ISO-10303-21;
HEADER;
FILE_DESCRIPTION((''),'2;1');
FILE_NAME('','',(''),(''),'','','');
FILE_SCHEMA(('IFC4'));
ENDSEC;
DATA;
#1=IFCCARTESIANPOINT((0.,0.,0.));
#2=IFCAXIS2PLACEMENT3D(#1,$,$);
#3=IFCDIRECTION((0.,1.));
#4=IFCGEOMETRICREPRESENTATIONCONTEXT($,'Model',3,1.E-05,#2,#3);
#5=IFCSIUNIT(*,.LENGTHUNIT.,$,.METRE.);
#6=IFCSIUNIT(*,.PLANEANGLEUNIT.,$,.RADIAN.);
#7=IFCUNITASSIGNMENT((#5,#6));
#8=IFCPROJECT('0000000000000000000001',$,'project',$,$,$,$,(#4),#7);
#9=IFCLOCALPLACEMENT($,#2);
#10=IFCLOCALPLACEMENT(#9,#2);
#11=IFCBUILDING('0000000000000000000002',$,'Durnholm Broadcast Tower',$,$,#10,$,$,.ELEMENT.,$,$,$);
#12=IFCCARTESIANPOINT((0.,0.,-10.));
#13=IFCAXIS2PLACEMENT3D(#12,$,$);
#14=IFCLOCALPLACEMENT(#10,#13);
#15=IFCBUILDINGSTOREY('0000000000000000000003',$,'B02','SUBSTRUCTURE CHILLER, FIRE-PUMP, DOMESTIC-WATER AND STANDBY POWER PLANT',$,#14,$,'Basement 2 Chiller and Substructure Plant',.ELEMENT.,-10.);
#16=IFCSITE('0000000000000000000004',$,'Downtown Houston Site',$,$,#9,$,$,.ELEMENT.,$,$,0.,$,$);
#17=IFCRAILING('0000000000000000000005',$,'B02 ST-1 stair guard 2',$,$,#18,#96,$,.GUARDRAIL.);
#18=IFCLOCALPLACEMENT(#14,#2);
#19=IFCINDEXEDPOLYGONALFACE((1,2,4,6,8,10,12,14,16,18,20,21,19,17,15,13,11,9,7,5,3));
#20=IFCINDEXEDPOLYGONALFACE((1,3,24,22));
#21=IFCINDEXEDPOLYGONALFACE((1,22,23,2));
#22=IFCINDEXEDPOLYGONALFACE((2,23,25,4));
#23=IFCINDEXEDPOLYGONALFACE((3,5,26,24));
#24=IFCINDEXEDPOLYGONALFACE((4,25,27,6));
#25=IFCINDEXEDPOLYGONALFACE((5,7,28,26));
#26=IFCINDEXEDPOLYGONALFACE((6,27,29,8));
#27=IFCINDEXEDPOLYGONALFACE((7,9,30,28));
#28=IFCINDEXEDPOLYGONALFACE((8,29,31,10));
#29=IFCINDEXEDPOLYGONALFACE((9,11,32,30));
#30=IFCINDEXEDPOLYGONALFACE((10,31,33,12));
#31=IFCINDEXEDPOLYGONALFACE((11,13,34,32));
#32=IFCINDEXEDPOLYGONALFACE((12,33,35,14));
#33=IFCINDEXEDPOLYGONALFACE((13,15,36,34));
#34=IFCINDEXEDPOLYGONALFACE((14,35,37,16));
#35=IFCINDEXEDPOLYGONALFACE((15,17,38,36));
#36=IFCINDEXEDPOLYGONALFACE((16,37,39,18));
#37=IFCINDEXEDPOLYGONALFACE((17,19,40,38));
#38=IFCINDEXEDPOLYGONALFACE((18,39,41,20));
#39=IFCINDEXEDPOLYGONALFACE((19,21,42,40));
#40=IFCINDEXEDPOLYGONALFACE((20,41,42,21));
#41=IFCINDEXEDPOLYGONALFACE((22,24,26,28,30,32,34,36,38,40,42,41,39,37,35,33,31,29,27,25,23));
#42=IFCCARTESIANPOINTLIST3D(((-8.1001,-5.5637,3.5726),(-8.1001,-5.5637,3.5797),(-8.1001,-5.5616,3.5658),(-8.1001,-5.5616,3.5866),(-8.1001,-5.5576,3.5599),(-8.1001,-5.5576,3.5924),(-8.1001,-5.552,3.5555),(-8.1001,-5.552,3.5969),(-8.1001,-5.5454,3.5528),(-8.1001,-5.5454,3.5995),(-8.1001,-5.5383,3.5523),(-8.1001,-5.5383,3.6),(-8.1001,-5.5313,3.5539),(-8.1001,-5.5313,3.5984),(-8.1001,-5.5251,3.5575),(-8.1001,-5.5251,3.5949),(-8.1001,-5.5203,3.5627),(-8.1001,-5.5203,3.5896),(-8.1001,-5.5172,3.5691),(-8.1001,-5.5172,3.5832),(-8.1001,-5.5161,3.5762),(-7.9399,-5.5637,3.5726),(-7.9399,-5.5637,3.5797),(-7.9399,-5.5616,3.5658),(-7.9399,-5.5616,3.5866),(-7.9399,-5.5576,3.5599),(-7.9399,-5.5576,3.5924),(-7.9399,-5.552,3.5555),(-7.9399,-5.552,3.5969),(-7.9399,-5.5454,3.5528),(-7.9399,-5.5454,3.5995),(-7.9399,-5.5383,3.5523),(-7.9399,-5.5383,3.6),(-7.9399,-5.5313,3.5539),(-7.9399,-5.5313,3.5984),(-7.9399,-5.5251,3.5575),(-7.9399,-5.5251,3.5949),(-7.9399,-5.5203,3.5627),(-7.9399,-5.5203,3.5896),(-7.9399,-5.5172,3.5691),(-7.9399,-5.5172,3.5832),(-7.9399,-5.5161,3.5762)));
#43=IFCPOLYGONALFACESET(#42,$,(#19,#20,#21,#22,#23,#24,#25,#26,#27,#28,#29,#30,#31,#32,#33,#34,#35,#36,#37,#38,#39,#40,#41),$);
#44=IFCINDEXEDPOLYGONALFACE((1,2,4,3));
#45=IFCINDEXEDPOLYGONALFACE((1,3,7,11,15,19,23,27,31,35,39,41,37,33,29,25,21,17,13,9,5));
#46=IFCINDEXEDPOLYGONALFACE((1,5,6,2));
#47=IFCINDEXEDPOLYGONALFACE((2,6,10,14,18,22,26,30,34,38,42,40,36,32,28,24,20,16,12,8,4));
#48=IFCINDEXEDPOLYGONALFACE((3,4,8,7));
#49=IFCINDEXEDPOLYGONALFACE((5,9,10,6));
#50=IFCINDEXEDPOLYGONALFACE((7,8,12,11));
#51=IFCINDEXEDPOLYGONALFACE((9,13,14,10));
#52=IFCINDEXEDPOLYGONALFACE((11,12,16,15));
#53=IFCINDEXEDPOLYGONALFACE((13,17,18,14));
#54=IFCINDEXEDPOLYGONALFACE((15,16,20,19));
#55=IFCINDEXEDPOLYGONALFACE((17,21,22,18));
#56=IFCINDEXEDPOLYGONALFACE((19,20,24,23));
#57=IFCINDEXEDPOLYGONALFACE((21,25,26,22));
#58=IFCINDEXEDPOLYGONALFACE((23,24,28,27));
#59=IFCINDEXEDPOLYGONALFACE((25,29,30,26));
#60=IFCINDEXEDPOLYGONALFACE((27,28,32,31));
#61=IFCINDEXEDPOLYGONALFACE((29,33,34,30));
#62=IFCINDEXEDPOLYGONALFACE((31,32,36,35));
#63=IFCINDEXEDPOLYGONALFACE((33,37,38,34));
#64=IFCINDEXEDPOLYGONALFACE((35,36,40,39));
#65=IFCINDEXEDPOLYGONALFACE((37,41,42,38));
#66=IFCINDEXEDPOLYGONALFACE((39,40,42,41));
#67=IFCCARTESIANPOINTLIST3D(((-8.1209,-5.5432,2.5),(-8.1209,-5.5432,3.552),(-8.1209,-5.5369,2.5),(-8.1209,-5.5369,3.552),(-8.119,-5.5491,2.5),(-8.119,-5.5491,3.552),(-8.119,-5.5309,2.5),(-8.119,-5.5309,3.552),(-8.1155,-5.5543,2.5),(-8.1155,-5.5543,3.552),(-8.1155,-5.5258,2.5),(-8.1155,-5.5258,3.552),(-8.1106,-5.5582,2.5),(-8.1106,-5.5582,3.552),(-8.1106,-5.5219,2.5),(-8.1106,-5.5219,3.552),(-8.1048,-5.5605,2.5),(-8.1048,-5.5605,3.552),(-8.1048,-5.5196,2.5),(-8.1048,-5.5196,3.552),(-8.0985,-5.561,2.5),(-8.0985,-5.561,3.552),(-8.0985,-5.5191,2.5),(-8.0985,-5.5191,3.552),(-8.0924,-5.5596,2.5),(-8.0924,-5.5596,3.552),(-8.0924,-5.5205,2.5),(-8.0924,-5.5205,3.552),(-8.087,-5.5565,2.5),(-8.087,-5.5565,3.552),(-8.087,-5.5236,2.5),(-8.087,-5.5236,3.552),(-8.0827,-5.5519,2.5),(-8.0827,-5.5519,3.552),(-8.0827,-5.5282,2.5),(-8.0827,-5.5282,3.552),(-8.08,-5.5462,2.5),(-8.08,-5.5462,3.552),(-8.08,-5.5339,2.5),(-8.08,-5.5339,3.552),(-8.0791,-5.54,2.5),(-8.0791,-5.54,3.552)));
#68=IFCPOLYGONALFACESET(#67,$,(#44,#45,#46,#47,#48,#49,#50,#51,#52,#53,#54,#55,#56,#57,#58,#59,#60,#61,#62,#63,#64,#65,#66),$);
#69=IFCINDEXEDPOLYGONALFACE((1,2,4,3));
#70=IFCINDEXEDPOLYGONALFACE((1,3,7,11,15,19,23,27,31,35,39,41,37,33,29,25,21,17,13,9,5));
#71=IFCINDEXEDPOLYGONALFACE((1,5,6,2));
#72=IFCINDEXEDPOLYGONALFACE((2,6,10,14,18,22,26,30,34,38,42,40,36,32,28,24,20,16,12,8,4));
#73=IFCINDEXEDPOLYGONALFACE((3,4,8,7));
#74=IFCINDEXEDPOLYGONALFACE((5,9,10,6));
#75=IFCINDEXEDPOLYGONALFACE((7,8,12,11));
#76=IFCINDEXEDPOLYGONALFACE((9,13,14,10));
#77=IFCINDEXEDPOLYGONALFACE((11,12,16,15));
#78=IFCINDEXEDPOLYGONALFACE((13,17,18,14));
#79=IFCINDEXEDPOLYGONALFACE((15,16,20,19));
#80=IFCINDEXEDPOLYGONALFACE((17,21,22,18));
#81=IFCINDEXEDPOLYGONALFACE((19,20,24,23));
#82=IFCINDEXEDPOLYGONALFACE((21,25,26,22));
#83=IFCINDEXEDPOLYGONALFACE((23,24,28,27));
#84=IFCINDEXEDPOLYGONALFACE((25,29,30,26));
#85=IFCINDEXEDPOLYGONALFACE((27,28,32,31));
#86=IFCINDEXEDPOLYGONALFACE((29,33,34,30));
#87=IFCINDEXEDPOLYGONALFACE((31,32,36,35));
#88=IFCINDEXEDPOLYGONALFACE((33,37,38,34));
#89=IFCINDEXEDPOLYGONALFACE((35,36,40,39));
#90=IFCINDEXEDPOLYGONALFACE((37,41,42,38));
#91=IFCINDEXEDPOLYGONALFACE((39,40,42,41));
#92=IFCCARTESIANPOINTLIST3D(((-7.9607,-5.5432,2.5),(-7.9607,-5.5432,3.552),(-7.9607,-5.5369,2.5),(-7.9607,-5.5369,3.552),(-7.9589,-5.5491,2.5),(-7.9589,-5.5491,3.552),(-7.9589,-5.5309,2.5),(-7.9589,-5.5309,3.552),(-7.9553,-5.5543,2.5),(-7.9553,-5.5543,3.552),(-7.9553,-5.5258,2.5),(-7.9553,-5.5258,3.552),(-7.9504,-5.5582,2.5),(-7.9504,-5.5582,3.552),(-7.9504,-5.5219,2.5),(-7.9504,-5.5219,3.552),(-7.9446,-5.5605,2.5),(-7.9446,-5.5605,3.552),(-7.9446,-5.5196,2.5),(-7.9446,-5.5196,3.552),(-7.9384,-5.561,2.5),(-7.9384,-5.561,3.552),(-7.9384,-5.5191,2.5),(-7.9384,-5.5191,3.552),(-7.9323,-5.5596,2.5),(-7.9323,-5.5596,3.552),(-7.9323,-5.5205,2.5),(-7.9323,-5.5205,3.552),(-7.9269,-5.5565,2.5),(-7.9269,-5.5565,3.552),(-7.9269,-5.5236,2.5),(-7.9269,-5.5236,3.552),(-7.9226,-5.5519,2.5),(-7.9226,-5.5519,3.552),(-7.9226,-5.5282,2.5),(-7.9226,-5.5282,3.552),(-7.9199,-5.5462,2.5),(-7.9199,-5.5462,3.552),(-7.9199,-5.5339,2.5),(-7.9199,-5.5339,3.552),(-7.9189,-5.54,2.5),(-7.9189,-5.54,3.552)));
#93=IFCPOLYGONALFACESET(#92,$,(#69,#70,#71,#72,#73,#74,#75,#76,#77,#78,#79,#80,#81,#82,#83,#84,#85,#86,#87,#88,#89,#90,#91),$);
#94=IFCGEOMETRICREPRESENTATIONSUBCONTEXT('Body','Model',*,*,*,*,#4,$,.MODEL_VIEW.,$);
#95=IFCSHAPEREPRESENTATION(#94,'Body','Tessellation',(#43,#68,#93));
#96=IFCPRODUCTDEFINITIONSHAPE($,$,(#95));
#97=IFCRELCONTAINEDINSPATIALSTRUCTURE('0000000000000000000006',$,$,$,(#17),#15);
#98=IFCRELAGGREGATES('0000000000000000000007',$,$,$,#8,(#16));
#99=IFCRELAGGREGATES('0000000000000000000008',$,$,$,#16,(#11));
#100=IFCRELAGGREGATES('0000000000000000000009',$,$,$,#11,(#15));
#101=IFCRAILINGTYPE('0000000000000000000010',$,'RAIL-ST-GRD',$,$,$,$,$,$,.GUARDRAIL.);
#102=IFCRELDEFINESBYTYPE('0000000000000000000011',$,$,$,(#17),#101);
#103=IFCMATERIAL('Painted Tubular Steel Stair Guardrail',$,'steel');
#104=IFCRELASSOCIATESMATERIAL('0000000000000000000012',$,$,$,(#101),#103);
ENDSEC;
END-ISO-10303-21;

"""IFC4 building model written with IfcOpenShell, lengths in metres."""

from ifc_helpers import new_model, si_unit, direction, frame, origin, origin_2d, place, context, subcontext, project, spatial, circle, extrude, material, type_object, element, save


model = new_model("IFC4")

# Units and contexts
model_context = context("Model", 3, precision=1e-05, world=origin(), true_north=direction((0.0, 1.0)))
body_context = subcontext(model_context, "Body", "Model", "MODEL_VIEW")
ifc_project = project(units=[si_unit("LENGTHUNIT", "METRE"), si_unit("PLANEANGLEUNIT", "RADIAN")], contexts=[model_context])

# Site, building, storey
site_placement = place(None, origin())
site = spatial("IfcSite", under=ifc_project, at=site_placement, Name="Downtown Houston Site", CompositionType="ELEMENT", RefElevation=0.0)
building_placement = place(site_placement, origin())
building = spatial("IfcBuilding", under=site, at=building_placement, Name="Durnholm Broadcast Tower", CompositionType="ELEMENT")
storey_placement = place(building_placement, frame((0.0, 0.0, -10.0)))
storey = spatial("IfcBuildingStorey", under=building, at=storey_placement, Name="B02", Description="SUBSTRUCTURE CHILLER, FIRE-PUMP, DOMESTIC-WATER AND STANDBY POWER PLANT", LongName="Basement 2 Chiller and Substructure Plant", CompositionType="ELEMENT", Elevation=-10.0)

# Railing
ifc_material_1 = material(Name="Painted Tubular Steel Stair Guardrail", Category="steel")
railing_type_1 = type_object("IfcRailingType", Name="RAIL-ST-GRD", PredefinedType="GUARDRAIL", material=ifc_material_1)
railing_1_placement = place(storey_placement, frame((-8.1001, -5.54, 2.5)))
element("IfcRailing", 1, at=railing_1_placement, inside=storey, type_object=railing_type_1, Name="B02 ST-1 stair guard 2", PredefinedType="GUARDRAIL", context=body_context, shape_type="SweptSolid", body=[
    extrude(circle(Radius=0.0239, at=origin_2d()), frame((0.0, 0.0, 1.0762), z_axis=(1.0, 0.0, 0.0), x_axis=(0.0, 1.0, 0.0)), (0.0, 0.0, 1.0), 0.1602),
    extrude(circle(Radius=0.021, at=origin_2d()), origin(), (0.0, 0.0, 1.0), 1.052),
    extrude(circle(Radius=0.021, at=origin_2d()), frame((0.1602, 0.0, 0.0)), (0.0, 0.0, 1.0), 1.052),
])

save(model, "model.ifc")
